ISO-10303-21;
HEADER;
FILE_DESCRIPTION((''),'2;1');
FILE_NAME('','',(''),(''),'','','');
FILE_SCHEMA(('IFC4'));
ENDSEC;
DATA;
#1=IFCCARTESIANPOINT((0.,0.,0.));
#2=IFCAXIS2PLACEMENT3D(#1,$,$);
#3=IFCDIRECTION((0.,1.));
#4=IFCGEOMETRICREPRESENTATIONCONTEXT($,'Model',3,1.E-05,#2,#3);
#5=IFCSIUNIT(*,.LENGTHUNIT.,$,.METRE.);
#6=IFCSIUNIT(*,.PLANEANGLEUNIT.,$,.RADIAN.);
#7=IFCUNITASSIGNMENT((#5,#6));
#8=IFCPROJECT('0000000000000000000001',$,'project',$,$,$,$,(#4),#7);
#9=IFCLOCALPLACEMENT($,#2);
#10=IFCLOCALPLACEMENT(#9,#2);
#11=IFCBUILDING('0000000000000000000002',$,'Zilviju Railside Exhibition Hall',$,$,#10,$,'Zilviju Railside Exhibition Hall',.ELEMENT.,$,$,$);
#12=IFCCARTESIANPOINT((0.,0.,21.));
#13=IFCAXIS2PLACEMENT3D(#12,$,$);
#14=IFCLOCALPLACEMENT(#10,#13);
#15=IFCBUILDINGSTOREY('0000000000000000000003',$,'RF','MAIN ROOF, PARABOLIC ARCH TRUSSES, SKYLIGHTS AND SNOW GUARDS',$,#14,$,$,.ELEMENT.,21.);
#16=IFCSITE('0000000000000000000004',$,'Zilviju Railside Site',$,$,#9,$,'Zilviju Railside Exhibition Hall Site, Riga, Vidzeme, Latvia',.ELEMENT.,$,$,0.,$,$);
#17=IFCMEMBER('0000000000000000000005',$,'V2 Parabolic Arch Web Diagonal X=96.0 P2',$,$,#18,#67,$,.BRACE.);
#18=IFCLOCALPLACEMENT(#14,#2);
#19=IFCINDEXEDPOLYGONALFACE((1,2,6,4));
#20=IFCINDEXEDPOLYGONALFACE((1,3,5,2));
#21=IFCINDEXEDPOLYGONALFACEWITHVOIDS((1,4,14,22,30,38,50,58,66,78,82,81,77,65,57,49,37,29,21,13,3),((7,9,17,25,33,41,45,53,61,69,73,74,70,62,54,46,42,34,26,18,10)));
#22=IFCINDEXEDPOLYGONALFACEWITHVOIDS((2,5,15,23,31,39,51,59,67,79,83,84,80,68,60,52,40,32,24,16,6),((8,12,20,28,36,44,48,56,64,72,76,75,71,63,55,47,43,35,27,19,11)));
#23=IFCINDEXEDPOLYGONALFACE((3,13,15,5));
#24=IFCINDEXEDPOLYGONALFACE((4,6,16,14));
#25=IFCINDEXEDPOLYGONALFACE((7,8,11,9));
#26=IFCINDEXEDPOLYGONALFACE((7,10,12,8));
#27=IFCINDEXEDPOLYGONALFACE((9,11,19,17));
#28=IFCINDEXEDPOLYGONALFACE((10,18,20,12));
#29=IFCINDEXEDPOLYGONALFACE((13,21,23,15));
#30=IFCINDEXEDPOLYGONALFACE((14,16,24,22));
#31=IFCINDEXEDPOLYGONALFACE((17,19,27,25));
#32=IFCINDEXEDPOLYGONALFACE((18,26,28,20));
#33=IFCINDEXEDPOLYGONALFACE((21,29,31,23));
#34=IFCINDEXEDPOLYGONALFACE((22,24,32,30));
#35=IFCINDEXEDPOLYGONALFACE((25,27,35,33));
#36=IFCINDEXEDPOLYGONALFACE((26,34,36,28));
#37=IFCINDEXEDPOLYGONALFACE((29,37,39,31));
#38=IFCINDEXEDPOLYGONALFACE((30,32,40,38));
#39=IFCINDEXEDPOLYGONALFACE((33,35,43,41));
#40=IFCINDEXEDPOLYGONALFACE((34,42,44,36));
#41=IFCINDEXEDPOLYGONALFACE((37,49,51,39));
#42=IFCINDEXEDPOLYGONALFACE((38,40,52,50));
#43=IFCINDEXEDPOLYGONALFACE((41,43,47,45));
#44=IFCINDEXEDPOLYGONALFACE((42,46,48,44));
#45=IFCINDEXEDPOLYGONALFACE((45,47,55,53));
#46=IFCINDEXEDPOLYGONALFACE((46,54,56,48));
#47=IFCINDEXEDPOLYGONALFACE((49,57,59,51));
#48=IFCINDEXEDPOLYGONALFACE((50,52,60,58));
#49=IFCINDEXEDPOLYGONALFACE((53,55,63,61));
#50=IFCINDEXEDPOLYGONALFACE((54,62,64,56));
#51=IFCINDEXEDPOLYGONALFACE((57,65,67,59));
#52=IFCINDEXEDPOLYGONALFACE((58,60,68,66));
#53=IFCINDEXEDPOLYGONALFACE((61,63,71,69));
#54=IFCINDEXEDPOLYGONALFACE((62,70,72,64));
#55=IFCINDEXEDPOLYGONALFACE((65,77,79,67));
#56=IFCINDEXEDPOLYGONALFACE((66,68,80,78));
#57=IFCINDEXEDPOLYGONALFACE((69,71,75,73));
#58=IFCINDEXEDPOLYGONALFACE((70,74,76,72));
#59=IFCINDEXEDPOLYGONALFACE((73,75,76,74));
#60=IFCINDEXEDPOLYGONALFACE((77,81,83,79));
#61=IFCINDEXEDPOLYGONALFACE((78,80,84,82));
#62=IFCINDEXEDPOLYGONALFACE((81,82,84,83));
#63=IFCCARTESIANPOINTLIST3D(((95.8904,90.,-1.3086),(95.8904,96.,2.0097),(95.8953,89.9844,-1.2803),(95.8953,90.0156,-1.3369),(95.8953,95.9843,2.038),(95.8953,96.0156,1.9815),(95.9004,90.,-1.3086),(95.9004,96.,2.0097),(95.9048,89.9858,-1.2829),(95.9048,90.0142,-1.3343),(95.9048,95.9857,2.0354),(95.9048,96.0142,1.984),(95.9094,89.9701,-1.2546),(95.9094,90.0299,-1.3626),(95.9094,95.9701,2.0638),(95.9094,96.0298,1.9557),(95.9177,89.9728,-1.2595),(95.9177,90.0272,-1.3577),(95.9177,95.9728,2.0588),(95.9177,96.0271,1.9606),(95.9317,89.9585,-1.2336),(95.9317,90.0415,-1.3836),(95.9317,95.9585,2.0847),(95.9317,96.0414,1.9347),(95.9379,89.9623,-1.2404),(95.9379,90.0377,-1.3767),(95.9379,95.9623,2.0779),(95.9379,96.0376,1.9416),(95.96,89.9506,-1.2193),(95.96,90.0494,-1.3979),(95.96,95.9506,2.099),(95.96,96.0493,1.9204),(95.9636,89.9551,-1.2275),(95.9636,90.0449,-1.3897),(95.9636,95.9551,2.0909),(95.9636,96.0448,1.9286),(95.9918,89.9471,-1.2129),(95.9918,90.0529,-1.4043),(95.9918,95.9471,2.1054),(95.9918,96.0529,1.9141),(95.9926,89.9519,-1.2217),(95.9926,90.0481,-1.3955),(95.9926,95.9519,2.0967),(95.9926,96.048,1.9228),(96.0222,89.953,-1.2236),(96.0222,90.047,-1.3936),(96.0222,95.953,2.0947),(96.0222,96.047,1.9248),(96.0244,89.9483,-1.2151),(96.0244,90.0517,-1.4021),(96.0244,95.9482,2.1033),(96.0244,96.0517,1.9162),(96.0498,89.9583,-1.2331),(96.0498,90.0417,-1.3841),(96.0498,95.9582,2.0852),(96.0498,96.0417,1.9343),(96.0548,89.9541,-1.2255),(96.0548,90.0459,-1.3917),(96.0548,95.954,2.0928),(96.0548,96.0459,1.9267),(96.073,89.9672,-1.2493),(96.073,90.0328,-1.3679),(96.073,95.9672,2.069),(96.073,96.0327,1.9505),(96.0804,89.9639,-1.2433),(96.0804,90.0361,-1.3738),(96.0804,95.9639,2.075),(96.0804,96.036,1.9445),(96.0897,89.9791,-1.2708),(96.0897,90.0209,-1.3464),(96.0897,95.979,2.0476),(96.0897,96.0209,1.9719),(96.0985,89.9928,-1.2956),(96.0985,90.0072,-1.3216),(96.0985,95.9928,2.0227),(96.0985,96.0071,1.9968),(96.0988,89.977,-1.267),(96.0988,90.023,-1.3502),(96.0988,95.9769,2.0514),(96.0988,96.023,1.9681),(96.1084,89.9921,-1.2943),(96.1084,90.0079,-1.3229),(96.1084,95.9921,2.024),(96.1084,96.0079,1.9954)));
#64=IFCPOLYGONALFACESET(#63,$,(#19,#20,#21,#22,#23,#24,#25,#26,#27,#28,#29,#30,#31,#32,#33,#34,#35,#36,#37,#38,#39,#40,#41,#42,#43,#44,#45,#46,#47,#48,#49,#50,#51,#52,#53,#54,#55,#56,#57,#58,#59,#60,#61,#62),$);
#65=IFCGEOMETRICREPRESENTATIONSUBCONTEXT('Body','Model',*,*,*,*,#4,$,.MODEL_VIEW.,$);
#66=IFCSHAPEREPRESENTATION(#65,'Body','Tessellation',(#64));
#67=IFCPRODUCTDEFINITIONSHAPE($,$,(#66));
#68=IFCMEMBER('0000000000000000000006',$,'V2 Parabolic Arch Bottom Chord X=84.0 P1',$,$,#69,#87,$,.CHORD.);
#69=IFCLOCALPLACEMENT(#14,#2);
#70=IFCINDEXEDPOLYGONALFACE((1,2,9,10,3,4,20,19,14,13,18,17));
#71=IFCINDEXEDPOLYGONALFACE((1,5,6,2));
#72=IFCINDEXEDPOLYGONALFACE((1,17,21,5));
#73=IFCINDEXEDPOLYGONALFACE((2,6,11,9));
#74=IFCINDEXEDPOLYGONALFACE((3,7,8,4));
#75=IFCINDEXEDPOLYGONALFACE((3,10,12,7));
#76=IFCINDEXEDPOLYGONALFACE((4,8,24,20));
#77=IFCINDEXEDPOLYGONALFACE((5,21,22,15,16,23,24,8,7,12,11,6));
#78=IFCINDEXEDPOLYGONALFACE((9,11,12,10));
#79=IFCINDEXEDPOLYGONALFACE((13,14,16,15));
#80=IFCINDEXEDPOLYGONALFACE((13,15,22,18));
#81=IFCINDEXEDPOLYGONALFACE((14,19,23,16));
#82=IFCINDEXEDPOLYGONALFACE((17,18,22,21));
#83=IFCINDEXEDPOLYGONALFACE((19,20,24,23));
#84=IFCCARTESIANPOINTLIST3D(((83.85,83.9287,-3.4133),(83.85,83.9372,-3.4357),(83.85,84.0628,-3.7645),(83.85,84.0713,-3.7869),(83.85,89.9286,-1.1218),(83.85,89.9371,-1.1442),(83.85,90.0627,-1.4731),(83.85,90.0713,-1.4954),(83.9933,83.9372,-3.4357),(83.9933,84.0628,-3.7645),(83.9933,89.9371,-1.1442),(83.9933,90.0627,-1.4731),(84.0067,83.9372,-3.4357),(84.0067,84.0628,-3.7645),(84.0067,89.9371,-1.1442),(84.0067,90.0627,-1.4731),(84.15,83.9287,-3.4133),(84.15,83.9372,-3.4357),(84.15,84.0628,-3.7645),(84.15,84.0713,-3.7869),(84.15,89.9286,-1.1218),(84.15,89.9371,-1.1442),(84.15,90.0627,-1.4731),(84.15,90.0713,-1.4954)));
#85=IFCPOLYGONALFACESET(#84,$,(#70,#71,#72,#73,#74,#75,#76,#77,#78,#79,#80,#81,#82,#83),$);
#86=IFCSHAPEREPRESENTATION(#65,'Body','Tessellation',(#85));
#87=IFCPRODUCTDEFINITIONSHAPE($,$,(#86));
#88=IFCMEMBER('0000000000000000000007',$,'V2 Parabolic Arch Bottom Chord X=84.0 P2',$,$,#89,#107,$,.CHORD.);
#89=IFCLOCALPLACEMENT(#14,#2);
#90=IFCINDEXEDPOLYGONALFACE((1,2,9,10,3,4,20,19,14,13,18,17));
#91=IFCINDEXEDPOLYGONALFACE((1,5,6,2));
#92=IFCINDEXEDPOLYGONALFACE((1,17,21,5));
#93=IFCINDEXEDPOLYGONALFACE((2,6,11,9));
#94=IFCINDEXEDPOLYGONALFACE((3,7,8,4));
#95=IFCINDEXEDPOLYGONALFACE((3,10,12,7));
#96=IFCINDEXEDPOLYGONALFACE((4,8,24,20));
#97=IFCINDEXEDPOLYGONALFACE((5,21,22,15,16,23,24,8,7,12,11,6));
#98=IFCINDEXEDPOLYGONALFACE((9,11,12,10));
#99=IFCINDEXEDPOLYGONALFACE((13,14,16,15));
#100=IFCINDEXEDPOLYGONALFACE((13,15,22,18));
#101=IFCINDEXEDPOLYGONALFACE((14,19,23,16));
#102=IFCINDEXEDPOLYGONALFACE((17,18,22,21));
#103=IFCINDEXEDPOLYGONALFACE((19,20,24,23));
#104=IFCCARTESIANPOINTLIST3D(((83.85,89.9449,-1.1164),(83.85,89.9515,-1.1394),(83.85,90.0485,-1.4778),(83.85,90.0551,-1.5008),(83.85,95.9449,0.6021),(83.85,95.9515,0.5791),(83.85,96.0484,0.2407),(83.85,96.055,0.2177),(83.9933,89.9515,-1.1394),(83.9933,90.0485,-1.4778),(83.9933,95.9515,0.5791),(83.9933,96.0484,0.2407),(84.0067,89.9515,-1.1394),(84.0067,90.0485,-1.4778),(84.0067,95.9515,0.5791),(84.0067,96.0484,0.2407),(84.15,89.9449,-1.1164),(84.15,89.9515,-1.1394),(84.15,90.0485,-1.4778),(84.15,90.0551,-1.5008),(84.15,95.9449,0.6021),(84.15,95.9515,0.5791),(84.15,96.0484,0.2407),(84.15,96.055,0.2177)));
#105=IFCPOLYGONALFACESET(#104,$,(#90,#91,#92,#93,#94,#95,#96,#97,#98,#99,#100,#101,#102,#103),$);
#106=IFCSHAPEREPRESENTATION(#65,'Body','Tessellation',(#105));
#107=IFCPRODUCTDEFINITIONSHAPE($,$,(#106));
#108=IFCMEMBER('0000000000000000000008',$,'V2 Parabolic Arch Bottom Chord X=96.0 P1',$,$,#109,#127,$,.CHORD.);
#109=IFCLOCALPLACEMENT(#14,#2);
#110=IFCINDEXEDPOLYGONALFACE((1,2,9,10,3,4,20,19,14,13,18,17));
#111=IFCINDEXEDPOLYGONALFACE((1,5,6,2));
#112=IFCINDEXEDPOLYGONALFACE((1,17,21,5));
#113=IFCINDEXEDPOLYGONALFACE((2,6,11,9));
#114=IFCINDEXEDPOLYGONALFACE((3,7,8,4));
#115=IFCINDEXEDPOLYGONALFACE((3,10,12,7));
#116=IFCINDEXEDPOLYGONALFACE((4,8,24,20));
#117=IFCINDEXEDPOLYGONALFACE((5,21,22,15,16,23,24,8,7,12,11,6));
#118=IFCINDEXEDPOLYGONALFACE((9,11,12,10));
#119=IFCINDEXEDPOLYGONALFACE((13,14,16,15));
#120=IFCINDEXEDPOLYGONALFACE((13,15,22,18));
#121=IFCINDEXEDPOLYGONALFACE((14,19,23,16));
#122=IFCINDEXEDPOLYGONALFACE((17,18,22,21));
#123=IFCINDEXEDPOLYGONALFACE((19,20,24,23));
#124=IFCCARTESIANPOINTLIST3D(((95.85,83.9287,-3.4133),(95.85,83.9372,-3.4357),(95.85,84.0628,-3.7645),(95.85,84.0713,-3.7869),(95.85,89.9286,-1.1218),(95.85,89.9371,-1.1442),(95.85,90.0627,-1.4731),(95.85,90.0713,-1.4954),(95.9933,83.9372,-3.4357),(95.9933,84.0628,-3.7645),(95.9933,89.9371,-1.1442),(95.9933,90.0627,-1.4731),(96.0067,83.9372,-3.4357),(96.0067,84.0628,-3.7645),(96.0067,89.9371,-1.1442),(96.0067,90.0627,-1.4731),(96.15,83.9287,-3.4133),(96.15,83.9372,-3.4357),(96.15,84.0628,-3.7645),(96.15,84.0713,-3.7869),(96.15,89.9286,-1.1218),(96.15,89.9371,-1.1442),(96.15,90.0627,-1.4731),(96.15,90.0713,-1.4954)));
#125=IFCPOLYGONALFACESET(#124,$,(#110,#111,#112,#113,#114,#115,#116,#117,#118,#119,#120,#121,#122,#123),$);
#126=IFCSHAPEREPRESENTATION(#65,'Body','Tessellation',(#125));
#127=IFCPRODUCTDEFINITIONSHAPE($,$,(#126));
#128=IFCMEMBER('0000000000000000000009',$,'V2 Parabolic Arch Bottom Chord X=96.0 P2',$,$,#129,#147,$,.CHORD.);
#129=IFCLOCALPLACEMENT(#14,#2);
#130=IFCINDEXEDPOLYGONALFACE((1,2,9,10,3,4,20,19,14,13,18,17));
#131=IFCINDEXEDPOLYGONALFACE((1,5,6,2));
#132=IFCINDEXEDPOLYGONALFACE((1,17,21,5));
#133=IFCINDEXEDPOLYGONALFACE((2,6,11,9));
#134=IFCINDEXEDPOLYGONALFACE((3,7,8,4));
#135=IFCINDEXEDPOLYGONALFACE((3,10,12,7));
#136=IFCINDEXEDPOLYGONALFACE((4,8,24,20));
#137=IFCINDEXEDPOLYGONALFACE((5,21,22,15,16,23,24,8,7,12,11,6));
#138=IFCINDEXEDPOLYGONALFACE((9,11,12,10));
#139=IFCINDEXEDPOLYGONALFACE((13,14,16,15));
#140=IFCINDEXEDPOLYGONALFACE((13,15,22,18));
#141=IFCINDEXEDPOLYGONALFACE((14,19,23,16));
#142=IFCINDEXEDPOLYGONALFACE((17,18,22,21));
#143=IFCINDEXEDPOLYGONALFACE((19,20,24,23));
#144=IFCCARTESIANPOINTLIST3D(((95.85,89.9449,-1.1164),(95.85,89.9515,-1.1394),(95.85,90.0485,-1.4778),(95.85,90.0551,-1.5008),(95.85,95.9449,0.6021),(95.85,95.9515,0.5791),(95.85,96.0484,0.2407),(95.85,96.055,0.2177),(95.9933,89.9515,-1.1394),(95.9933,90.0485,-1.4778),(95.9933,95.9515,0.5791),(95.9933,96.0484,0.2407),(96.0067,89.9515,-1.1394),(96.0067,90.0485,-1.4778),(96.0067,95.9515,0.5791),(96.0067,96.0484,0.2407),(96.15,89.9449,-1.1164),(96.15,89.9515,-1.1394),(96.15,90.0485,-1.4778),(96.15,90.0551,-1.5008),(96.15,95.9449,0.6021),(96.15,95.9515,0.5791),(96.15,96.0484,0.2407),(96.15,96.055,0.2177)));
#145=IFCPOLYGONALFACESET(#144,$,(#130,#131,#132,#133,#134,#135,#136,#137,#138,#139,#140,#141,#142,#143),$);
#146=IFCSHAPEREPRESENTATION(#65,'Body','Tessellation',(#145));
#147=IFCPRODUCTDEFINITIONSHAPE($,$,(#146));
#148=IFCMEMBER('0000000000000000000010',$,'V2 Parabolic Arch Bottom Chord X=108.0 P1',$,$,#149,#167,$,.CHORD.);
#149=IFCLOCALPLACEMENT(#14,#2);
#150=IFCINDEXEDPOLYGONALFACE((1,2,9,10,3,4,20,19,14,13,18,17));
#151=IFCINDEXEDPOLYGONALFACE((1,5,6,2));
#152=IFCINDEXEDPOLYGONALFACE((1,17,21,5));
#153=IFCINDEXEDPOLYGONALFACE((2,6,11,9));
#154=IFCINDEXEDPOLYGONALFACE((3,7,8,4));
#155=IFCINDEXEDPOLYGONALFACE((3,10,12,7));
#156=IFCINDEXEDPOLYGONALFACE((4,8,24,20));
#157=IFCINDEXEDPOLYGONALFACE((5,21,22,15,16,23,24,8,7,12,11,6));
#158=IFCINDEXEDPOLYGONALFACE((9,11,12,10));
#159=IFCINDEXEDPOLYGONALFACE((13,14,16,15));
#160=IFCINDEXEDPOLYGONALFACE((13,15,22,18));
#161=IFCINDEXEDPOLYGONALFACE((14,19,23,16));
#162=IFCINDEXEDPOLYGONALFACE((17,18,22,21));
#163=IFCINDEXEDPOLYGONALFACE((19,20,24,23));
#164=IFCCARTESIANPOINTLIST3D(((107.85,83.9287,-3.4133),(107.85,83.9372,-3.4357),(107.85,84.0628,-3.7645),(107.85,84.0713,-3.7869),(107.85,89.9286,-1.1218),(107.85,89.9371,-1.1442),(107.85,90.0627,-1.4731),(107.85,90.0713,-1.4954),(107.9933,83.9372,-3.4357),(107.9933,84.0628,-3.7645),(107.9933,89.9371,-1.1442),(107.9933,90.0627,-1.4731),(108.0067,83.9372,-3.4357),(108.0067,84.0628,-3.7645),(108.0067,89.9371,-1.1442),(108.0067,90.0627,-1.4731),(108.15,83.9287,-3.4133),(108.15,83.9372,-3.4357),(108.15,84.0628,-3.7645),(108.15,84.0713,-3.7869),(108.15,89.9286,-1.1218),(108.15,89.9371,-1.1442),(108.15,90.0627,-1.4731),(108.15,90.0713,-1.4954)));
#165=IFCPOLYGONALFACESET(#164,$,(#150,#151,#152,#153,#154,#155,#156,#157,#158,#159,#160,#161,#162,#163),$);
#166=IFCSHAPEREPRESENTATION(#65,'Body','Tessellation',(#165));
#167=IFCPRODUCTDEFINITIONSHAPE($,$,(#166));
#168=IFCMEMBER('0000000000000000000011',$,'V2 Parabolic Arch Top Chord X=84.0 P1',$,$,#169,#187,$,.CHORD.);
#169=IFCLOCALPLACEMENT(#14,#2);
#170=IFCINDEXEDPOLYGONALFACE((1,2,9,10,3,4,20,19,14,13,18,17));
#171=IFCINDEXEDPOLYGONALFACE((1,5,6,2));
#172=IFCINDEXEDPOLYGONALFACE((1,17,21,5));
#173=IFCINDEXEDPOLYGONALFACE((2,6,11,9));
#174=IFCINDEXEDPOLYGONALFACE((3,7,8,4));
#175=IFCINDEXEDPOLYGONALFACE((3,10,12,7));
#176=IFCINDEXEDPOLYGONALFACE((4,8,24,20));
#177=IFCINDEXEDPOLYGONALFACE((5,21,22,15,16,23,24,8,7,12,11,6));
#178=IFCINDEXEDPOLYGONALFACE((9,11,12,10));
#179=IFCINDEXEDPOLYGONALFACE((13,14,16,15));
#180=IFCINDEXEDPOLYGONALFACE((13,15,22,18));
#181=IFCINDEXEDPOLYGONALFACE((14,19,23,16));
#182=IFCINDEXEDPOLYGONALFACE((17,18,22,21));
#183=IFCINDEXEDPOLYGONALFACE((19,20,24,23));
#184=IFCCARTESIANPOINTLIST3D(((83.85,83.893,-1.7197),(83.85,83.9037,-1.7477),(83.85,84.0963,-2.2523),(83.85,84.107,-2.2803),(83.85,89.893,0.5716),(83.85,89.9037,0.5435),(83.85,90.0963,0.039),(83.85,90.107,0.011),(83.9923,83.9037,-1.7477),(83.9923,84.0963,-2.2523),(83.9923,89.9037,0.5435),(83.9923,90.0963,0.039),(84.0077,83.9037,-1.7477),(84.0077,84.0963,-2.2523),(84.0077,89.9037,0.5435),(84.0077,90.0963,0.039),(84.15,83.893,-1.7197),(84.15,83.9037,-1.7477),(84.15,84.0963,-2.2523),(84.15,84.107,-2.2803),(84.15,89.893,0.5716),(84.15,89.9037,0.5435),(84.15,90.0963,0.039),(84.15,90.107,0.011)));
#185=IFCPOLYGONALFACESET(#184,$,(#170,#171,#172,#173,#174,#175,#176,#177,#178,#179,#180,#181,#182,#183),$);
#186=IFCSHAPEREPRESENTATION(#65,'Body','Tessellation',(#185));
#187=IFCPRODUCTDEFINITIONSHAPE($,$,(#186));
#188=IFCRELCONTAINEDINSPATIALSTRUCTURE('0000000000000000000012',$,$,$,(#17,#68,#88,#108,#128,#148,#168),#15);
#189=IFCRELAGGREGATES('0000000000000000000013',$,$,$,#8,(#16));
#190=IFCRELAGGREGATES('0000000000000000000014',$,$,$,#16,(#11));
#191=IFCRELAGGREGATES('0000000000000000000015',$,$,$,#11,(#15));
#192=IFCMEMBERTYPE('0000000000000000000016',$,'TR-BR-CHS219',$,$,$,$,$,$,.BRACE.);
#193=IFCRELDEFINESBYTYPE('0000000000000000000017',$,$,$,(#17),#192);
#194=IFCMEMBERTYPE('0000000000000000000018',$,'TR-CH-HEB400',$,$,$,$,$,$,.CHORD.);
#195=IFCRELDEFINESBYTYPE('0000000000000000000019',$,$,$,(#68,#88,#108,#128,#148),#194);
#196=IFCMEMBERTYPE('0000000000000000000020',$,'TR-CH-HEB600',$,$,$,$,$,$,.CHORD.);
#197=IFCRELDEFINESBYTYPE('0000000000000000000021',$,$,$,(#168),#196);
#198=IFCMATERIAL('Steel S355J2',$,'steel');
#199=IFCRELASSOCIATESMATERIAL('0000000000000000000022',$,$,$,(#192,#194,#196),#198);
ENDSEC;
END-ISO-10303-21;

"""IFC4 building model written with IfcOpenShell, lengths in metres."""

from ifc_helpers import new_model, si_unit, direction, frame, origin, origin_2d, place, context, subcontext, project, spatial, hollow_circle, i_section, extrude, material, material_profile, profile_set, type_object, element, save


model = new_model("IFC4")

# Units and contexts
model_context = context("Model", 3, precision=1e-05, world=origin(), true_north=direction((0.0, 1.0)))
body_context = subcontext(model_context, "Body", "Model", "MODEL_VIEW")
ifc_project = project(units=[si_unit("LENGTHUNIT", "METRE"), si_unit("PLANEANGLEUNIT", "RADIAN")], contexts=[model_context])

# Site, building, storey
site_placement = place(None, origin())
site = spatial("IfcSite", under=ifc_project, at=site_placement, Name="Zilviju Railside Site", LongName="Zilviju Railside Exhibition Hall Site, Riga, Vidzeme, Latvia", CompositionType="ELEMENT", RefElevation=0.0)
building_placement = place(site_placement, origin())
building = spatial("IfcBuilding", under=site, at=building_placement, Name="Zilviju Railside Exhibition Hall", LongName="Zilviju Railside Exhibition Hall", CompositionType="ELEMENT")
storey_placement = place(building_placement, frame((0.0, 0.0, 21.0)))
storey = spatial("IfcBuildingStorey", under=building, at=storey_placement, Name="RF", Description="MAIN ROOF, PARABOLIC ARCH TRUSSES, SKYLIGHTS AND SNOW GUARDS", CompositionType="ELEMENT", Elevation=21.0)

# Members
ifc_material_1 = material(Name="Steel S355J2", Category="steel")
ifc_material_profile_1 = material_profile(ifc_material_1, hollow_circle(Radius=0.1096, WallThickness=0.01, at=origin_2d()), Name="CHS 219.1x10.0")
ifc_profile_set_1 = profile_set([ifc_material_profile_1], Name="Steel S355J2")
member_type_1 = type_object("IfcMemberType", Name="TR-BR-CHS219", PredefinedType="BRACE", material=ifc_profile_set_1)
member_1_placement = place(storey_placement, frame((96.0, 90.0, -1.3086), z_axis=(0.0, 0.875083, 0.483973), x_axis=(-1.0, 0.0, 0.0)))
element("IfcMember", 1, at=member_1_placement, inside=storey, type_object=member_type_1, Name="V2 Parabolic Arch Web Diagonal X=96.0 P2", PredefinedType="BRACE", context=body_context, shape_type="SweptSolid", body=[
    extrude(hollow_circle(Radius=0.1096, WallThickness=0.01, at=origin_2d()), origin(), (0.0, 0.0, 1.0), 6.8564),
])
ifc_material_profile_2 = material_profile(ifc_material_1, i_section(OverallWidth=0.3, OverallDepth=0.3999, WebThickness=0.0134, FlangeThickness=0.0239, at=origin_2d()), Name="HEB 400")
ifc_profile_set_2 = profile_set([ifc_material_profile_2], Name="Steel S355J2")
member_type_2 = type_object("IfcMemberType", Name="TR-CH-HEB400", PredefinedType="CHORD", material=ifc_profile_set_2)
member_2_placement = place(storey_placement, frame((84.0, 84.0, -3.6001), z_axis=(0.0, 0.934188, 0.356782), x_axis=(-1.0, 0.0, 0.0)))
element("IfcMember", 2, at=member_2_placement, inside=storey, type_object=member_type_2, Name="V2 Parabolic Arch Bottom Chord X=84.0 P1", PredefinedType="CHORD", context=body_context, shape_type="SweptSolid", body=[
    extrude(i_section(OverallWidth=0.3, OverallDepth=0.3999, WebThickness=0.0134, FlangeThickness=0.0239, at=origin_2d()), origin(), (0.0, 0.0, 1.0), 6.4226),
])
member_3_placement = place(storey_placement, frame((84.0, 90.0, -1.3086), z_axis=(0.0, 0.961345, 0.275346), x_axis=(-1.0, 0.0, 0.0)))
element("IfcMember", 3, at=member_3_placement, inside=storey, type_object=member_type_2, Name="V2 Parabolic Arch Bottom Chord X=84.0 P2", PredefinedType="CHORD", context=body_context, shape_type="SweptSolid", body=[
    extrude(i_section(OverallWidth=0.3, OverallDepth=0.3999, WebThickness=0.0134, FlangeThickness=0.0239, at=origin_2d()), origin(), (0.0, 0.0, 1.0), 6.2412),
])
member_4_placement = place(storey_placement, frame((96.0, 84.0, -3.6001), z_axis=(0.0, 0.934188, 0.356782), x_axis=(-1.0, 0.0, 0.0)))
element("IfcMember", 4, at=member_4_placement, inside=storey, type_object=member_type_2, Name="V2 Parabolic Arch Bottom Chord X=96.0 P1", PredefinedType="CHORD", context=body_context, shape_type="SweptSolid", body=[
    extrude(i_section(OverallWidth=0.3, OverallDepth=0.3999, WebThickness=0.0134, FlangeThickness=0.0239, at=origin_2d()), origin(), (0.0, 0.0, 1.0), 6.4226),
])
member_5_placement = place(storey_placement, frame((96.0, 90.0, -1.3086), z_axis=(0.0, 0.961345, 0.275346), x_axis=(-1.0, 0.0, 0.0)))
element("IfcMember", 5, at=member_5_placement, inside=storey, type_object=member_type_2, Name="V2 Parabolic Arch Bottom Chord X=96.0 P2", PredefinedType="CHORD", context=body_context, shape_type="SweptSolid", body=[
    extrude(i_section(OverallWidth=0.3, OverallDepth=0.3999, WebThickness=0.0134, FlangeThickness=0.0239, at=origin_2d()), origin(), (0.0, 0.0, 1.0), 6.2412),
])
member_6_placement = place(storey_placement, frame((108.0, 84.0, -3.6001), z_axis=(0.0, 0.934188, 0.356782), x_axis=(-1.0, 0.0, 0.0)))
element("IfcMember", 6, at=member_6_placement, inside=storey, type_object=member_type_2, Name="V2 Parabolic Arch Bottom Chord X=108.0 P1", PredefinedType="CHORD", context=body_context, shape_type="SweptSolid", body=[
    extrude(i_section(OverallWidth=0.3, OverallDepth=0.3999, WebThickness=0.0134, FlangeThickness=0.0239, at=origin_2d()), origin(), (0.0, 0.0, 1.0), 6.4226),
])
ifc_material_profile_3 = material_profile(ifc_material_1, i_section(OverallWidth=0.3, OverallDepth=0.6001, WebThickness=0.0154, FlangeThickness=0.03, at=origin_2d()), Name="HEB 600")
ifc_profile_set_3 = profile_set([ifc_material_profile_3], Name="Steel S355J2")
member_type_3 = type_object("IfcMemberType", Name="TR-CH-HEB600", PredefinedType="CHORD", material=ifc_profile_set_3)
member_7_placement = place(storey_placement, frame((84.0, 84.0, -2.0), z_axis=(0.0, 0.9342, 0.356749), x_axis=(-1.0, 0.0, 0.0)))
element("IfcMember", 7, at=member_7_placement, inside=storey, type_object=member_type_3, Name="V2 Parabolic Arch Top Chord X=84.0 P1", PredefinedType="CHORD", context=body_context, shape_type="SweptSolid", body=[
    extrude(i_section(OverallWidth=0.3, OverallDepth=0.6001, WebThickness=0.0154, FlangeThickness=0.03, at=origin_2d()), origin(), (0.0, 0.0, 1.0), 6.4226),
])

save(model, "model.ifc")
